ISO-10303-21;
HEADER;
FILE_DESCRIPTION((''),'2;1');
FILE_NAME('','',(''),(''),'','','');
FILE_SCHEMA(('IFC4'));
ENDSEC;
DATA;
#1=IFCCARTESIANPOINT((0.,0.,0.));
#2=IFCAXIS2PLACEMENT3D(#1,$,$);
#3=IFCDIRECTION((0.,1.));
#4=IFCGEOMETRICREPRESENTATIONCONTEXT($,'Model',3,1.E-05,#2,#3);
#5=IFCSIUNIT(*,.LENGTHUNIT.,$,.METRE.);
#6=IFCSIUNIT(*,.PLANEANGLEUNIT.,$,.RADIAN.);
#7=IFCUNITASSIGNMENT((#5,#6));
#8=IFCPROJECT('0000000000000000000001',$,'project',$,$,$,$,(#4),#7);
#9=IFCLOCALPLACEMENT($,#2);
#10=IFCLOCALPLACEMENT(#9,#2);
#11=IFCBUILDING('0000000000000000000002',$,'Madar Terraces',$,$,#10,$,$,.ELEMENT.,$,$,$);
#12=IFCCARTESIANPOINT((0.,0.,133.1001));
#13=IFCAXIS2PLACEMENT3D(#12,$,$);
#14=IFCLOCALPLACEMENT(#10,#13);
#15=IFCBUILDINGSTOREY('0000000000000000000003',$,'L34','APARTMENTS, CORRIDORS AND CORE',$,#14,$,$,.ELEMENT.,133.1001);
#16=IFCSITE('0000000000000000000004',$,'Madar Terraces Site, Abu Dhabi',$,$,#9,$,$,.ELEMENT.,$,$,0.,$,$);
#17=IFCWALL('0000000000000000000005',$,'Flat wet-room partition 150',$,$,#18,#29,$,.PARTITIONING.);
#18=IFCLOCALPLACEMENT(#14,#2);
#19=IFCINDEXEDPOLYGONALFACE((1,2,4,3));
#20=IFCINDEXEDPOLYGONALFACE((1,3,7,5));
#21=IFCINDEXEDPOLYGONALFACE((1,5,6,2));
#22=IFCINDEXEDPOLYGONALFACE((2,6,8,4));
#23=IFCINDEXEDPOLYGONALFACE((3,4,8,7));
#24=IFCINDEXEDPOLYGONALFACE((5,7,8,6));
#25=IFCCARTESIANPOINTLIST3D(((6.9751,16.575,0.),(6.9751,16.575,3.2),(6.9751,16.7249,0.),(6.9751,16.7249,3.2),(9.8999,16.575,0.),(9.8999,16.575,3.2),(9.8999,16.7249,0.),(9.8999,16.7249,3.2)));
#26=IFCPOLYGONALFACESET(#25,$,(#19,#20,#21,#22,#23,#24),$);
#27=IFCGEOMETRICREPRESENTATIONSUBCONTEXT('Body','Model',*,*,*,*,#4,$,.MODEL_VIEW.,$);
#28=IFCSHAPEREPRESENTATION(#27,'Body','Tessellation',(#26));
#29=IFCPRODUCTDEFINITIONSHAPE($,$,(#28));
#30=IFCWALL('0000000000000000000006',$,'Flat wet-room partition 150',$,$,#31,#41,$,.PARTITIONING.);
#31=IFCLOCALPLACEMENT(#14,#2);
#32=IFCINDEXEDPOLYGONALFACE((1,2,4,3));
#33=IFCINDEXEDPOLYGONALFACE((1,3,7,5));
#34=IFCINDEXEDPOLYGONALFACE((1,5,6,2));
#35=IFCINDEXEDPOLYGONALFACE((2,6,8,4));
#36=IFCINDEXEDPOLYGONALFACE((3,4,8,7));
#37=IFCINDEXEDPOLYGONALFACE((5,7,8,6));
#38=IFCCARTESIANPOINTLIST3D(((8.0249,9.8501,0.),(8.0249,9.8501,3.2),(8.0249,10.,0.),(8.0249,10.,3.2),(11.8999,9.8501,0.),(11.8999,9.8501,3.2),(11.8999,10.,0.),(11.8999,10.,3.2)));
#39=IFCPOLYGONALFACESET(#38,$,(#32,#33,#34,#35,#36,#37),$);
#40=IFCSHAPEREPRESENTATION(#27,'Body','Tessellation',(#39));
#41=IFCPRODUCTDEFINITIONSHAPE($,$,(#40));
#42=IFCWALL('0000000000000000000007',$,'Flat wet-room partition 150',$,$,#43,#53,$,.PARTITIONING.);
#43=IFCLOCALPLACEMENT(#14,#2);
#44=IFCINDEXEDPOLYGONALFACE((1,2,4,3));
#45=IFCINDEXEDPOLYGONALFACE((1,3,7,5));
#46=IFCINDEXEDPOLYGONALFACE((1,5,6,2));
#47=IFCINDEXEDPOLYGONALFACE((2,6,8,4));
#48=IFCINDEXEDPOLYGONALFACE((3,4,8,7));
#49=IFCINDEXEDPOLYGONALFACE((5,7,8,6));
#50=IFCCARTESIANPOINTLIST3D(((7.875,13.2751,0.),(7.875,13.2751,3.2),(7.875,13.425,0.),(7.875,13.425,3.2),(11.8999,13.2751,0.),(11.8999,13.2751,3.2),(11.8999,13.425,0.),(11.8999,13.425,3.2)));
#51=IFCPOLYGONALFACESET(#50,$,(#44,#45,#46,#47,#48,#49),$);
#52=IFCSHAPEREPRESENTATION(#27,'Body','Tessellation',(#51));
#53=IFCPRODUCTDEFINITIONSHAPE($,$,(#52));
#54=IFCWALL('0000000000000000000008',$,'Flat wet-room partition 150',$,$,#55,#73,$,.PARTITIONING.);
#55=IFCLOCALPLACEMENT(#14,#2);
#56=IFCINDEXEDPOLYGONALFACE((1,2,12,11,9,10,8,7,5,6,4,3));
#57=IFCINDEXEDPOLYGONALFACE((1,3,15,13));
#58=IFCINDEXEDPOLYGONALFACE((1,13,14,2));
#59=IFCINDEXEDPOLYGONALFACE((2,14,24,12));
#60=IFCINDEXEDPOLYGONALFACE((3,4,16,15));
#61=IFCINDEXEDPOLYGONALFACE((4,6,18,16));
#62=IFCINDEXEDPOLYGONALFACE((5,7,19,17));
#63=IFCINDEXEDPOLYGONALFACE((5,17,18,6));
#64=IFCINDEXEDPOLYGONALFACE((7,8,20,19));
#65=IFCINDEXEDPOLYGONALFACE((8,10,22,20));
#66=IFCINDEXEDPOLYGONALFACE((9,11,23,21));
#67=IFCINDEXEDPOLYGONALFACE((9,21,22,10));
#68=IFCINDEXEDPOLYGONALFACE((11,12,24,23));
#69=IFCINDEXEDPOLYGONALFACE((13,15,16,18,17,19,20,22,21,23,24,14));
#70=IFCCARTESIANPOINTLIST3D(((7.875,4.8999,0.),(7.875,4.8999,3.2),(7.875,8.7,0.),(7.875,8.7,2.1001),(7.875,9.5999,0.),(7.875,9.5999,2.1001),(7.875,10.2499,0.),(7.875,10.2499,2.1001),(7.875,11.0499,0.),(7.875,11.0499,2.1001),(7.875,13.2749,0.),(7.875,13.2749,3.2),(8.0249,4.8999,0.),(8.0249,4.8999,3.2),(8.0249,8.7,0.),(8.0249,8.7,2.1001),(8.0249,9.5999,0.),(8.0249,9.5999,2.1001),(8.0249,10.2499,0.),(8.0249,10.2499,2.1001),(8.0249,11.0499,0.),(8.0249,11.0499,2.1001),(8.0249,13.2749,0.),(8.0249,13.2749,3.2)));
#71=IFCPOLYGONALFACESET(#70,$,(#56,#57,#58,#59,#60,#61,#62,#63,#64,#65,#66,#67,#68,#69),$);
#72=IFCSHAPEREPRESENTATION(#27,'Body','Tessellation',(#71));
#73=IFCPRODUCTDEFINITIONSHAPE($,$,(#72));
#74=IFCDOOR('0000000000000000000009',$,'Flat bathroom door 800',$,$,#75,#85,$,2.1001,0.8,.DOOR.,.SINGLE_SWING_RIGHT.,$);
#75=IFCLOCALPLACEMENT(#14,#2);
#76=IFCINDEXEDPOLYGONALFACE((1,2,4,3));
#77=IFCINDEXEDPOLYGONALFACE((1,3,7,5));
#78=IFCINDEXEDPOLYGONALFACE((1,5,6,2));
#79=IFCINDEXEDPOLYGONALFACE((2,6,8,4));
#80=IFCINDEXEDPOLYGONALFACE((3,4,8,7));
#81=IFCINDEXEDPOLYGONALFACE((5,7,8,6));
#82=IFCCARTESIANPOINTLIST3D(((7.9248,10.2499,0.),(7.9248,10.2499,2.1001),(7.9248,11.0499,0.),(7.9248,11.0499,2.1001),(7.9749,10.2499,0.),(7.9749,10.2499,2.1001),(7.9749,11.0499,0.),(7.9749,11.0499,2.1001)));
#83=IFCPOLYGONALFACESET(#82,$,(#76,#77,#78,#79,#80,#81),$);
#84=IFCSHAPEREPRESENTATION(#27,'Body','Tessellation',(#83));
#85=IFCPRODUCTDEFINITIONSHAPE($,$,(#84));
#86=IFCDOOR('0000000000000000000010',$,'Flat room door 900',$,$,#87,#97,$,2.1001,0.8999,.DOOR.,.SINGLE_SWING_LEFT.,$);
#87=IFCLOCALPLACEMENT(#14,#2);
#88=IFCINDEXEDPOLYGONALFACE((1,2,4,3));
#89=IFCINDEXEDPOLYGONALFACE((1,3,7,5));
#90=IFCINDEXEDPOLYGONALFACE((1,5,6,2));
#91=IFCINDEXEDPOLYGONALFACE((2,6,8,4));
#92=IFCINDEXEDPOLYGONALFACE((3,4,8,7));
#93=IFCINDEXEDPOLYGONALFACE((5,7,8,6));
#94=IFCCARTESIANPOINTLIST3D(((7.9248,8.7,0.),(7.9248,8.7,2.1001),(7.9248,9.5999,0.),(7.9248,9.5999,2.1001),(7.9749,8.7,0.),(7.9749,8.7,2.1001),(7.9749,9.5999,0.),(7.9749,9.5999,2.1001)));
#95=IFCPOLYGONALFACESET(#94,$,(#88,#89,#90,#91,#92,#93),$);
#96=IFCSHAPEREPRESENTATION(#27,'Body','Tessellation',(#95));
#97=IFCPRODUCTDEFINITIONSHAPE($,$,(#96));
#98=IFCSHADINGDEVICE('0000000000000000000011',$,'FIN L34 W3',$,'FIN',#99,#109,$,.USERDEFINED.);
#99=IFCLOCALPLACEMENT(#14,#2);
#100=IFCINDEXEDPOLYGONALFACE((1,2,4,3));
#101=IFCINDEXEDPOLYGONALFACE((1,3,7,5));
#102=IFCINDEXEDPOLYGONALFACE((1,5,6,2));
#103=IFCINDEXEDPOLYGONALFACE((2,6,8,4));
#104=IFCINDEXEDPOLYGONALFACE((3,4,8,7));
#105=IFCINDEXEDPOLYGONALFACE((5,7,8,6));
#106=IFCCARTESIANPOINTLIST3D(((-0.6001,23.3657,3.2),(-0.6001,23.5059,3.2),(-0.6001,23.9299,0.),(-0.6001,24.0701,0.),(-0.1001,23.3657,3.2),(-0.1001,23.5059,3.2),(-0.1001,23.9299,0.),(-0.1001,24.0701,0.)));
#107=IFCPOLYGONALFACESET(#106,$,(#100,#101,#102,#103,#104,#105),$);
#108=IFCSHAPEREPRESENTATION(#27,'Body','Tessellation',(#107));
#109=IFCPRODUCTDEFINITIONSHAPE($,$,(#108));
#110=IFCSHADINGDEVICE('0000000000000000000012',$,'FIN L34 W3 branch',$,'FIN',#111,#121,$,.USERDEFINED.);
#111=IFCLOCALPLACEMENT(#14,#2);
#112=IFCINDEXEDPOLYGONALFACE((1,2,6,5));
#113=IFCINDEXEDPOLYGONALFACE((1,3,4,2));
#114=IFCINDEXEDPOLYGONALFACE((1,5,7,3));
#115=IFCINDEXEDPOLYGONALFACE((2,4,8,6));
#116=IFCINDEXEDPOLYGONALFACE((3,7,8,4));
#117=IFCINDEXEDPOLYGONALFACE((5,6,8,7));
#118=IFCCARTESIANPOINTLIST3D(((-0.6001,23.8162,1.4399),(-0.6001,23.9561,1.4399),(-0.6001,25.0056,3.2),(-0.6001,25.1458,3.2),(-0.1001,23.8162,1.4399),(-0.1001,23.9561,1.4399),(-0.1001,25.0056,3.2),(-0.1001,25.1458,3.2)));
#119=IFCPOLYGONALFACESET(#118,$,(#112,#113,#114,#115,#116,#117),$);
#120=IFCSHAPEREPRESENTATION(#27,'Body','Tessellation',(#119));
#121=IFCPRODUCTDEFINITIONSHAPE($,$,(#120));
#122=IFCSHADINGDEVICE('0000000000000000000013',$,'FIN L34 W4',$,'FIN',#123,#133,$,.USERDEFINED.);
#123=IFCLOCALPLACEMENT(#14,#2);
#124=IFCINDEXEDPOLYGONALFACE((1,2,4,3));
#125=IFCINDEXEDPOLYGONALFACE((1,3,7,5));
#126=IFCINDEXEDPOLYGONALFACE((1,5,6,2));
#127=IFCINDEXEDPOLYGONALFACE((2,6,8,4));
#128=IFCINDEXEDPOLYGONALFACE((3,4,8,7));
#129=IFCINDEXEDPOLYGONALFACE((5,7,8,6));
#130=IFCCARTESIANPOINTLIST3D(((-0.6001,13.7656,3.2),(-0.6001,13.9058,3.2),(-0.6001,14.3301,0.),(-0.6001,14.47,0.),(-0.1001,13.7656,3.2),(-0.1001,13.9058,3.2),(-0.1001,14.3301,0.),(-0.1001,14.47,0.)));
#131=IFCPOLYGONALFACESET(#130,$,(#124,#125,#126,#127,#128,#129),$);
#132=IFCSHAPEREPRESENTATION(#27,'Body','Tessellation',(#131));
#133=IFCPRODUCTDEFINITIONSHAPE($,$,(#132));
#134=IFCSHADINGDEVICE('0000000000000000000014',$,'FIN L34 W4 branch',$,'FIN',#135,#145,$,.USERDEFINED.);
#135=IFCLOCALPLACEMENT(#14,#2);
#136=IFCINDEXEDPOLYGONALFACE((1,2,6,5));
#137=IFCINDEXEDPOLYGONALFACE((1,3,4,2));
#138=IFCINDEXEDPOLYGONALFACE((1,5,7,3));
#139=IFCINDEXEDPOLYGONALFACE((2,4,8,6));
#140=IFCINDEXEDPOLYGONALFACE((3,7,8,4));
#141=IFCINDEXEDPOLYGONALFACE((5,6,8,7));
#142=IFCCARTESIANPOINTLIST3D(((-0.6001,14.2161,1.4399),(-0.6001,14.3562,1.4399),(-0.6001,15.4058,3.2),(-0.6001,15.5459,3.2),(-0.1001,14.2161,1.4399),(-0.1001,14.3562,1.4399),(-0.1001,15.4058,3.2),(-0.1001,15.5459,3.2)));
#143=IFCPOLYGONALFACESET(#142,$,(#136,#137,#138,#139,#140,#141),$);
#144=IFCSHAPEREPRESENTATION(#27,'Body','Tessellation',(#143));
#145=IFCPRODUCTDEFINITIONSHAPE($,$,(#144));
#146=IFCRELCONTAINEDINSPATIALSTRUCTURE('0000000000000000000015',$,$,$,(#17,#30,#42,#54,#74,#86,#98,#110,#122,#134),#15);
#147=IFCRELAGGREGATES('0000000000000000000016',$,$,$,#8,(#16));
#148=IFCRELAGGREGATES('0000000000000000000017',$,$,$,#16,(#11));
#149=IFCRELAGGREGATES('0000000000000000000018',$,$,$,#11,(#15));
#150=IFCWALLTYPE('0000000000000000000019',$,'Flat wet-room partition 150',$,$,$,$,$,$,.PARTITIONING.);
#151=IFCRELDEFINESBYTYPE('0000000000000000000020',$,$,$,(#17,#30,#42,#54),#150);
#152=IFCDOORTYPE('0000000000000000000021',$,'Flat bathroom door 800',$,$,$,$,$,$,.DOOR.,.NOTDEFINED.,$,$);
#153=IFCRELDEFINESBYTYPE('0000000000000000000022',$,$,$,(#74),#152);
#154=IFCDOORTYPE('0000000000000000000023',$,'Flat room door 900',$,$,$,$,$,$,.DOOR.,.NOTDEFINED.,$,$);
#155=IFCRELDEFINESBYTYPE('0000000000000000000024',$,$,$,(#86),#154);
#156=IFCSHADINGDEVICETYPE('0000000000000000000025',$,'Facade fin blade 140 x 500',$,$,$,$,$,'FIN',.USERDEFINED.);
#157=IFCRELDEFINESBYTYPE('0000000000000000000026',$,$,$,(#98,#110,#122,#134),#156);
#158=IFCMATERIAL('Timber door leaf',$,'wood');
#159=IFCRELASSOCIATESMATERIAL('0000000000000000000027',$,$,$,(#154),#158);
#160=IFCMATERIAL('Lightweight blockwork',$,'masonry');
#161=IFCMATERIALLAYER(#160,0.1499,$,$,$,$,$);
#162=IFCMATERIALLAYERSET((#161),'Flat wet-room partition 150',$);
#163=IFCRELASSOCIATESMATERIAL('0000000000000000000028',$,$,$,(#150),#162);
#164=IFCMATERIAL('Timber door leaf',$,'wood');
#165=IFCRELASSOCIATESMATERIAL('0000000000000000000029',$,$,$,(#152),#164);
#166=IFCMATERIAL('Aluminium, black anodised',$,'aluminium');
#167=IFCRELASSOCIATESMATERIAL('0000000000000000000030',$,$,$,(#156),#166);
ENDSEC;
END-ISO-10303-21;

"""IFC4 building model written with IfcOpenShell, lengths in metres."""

from ifc_helpers import new_model, si_unit, direction, frame, frame_2d, origin, place, context, subcontext, project, spatial, polyline, rectangle, outline, extrude, material, layer, layer_set, type_object, element, fill, save


model = new_model("IFC4")

# Units and contexts
model_context = context("Model", 3, precision=1e-05, world=origin(), true_north=direction((0.0, 1.0)))
body_context = subcontext(model_context, "Body", "Model", "MODEL_VIEW")
ifc_project = project(units=[si_unit("LENGTHUNIT", "METRE"), si_unit("PLANEANGLEUNIT", "RADIAN")], contexts=[model_context])

# Site, building, storey
site_placement = place(None, origin())
site = spatial("IfcSite", under=ifc_project, at=site_placement, Name="Madar Terraces Site, Abu Dhabi", CompositionType="ELEMENT", RefElevation=0.0)
building_placement = place(site_placement, origin())
building = spatial("IfcBuilding", under=site, at=building_placement, Name="Madar Terraces", CompositionType="ELEMENT")
storey_placement = place(building_placement, frame((0.0, 0.0, 133.1001)))
storey = spatial("IfcBuildingStorey", under=building, at=storey_placement, Name="L34", Description="APARTMENTS, CORRIDORS AND CORE", CompositionType="ELEMENT", Elevation=133.1001)

# Shared definitions
ifc_material_1 = material(Name="Timber door leaf", Category="wood")
door_type_1 = type_object("IfcDoorType", Name="Flat room door 900", OperationType="NOTDEFINED", PredefinedType="DOOR", material=ifc_material_1)

# Walls
ifc_material_2 = material(Name="Lightweight blockwork", Category="masonry")
ifc_layer_1 = layer(ifc_material_2, 0.1499)
ifc_layer_set_1 = layer_set([ifc_layer_1], Name="Flat wet-room partition 150")
wall_type_1 = type_object("IfcWallType", Name="Flat wet-room partition 150", PredefinedType="PARTITIONING", material=ifc_layer_set_1)
wall_1_placement = place(storey_placement, frame((9.8999, 16.6499, 0.0), z_axis=(0.0, 0.0, 1.0), x_axis=(-1.0, 0.0, 0.0)))
element("IfcWall", 1, at=wall_1_placement, inside=storey, type_object=wall_type_1, Name="Flat wet-room partition 150", PredefinedType="PARTITIONING", context=body_context, shape_type="SweptSolid", body=[
    extrude(rectangle(XDim=2.9248, YDim=0.1499, at=frame_2d((1.4624, 0.0))), origin(), (0.0, 0.0, 1.0), 3.2),
])
wall_2_placement = place(storey_placement, frame((11.8999, 9.925, 0.0), z_axis=(0.0, 0.0, 1.0), x_axis=(-1.0, 0.0, 0.0)))
element("IfcWall", 2, at=wall_2_placement, inside=storey, type_object=wall_type_1, Name="Flat wet-room partition 150", PredefinedType="PARTITIONING", context=body_context, shape_type="SweptSolid", body=[
    extrude(rectangle(XDim=3.875, YDim=0.1499, at=frame_2d((1.9375, 0.0))), origin(), (0.0, 0.0, 1.0), 3.2),
])
wall_3_placement = place(storey_placement, frame((11.8999, 13.3501, 0.0), z_axis=(0.0, 0.0, 1.0), x_axis=(-1.0, 0.0, 0.0)))
element("IfcWall", 3, at=wall_3_placement, inside=storey, type_object=wall_type_1, Name="Flat wet-room partition 150", PredefinedType="PARTITIONING", context=body_context, shape_type="SweptSolid", body=[
    extrude(rectangle(XDim=4.0249, YDim=0.1499, at=frame_2d((2.0125, 0.0))), origin(), (0.0, 0.0, 1.0), 3.2),
])

# Wall, openings, doors
wall_4_placement = place(storey_placement, frame((7.95, 13.2749, 0.0), z_axis=(0.0, 0.0, 1.0), x_axis=(0.0, -1.0, 0.0)))
wall_4 = element("IfcWall", 4, at=wall_4_placement, inside=storey, type_object=wall_type_1, Name="Flat wet-room partition 150", PredefinedType="PARTITIONING", context=body_context, shape_type="SweptSolid", body=[
    extrude(rectangle(XDim=8.375, YDim=0.1499, at=frame_2d((4.1875, 0.0))), origin(), (0.0, 0.0, 1.0), 3.2),
])
opening_1_placement = place(wall_4_placement, frame((2.2251, 0.0, 0.0)))
opening_1 = element("IfcOpeningElement", 5, at=opening_1_placement, cuts=wall_4, PredefinedType="OPENING", context=body_context, shape_type="SweptSolid", body=[
    extrude(rectangle(XDim=0.8, YDim=2.1001, at=frame_2d((0.3999, 1.05))), frame((0.0, 0.085, 0.0), z_axis=(0.0, -1.0, 0.0), x_axis=(1.0, 0.0, 0.0)), (0.0, 0.0, 1.0), 0.1699),
])
opening_2_placement = place(wall_4_placement, frame((3.675, 0.0, 0.0)))
opening_2 = element("IfcOpeningElement", 6, at=opening_2_placement, cuts=wall_4, PredefinedType="OPENING", context=body_context, shape_type="SweptSolid", body=[
    extrude(rectangle(XDim=0.8999, YDim=2.1001, at=frame_2d((0.45, 1.05))), frame((0.0, 0.085, 0.0), z_axis=(0.0, -1.0, 0.0), x_axis=(1.0, 0.0, 0.0)), (0.0, 0.0, 1.0), 0.1699),
])
ifc_material_3 = material(Name="Timber door leaf", Category="wood")
door_type_2 = type_object("IfcDoorType", Name="Flat bathroom door 800", OperationType="NOTDEFINED", PredefinedType="DOOR", material=ifc_material_3)
door_1_placement = place(opening_1_placement, origin())
door_1 = element("IfcDoor", 7, at=door_1_placement, inside=storey, type_object=door_type_2, Name="Flat bathroom door 800", OperationType="SINGLE_SWING_RIGHT", OverallHeight=2.1001, OverallWidth=0.8, PredefinedType="DOOR", context=body_context, shape_type="SweptSolid", body=[
    extrude(rectangle(XDim=0.8, YDim=2.1001, at=frame_2d((0.3999, 1.05))), frame((0.0, 0.0249, 0.0), z_axis=(0.0, -1.0, 0.0), x_axis=(1.0, 0.0, 0.0)), (0.0, 0.0, 1.0), 0.05),
])
fill(opening_1, door_1)
door_2_placement = place(opening_2_placement, origin())
door_2 = element("IfcDoor", 8, at=door_2_placement, inside=storey, type_object=door_type_1, Name="Flat room door 900", OperationType="SINGLE_SWING_LEFT", OverallHeight=2.1001, OverallWidth=0.8999, PredefinedType="DOOR", context=body_context, shape_type="SweptSolid", body=[
    extrude(rectangle(XDim=0.8999, YDim=2.1001, at=frame_2d((0.45, 1.05))), frame((0.0, 0.0249, 0.0), z_axis=(0.0, -1.0, 0.0), x_axis=(1.0, 0.0, 0.0)), (0.0, 0.0, 1.0), 0.05),
])
fill(opening_2, door_2)

# Shading devices
ifc_material_4 = material(Name="Aluminium, black anodised", Category="aluminium")
shading_device_type = type_object("IfcShadingDeviceType", Name="Facade fin blade 140 x 500", ElementType="FIN", PredefinedType="USERDEFINED", material=ifc_material_4)
shading_device_1_placement = place(storey_placement, frame((-0.3501, 24.0701, 0.0), z_axis=(0.0, 0.0, 1.0), x_axis=(0.0, -1.0, 0.0)))
element("IfcShadingDevice", 9, at=shading_device_1_placement, inside=storey, type_object=shading_device_type, Name="FIN L34 W3", ObjectType="FIN", PredefinedType="USERDEFINED", context=body_context, shape_type="SweptSolid", body=[
    extrude(outline(polyline([(0.0, 0.0), (0.1401, 0.0), (0.7043, 3.2), (0.5642, 3.2), (0.0, 0.0)])), frame((0.0, 0.25, 0.0), z_axis=(0.0, -1.0, 0.0), x_axis=(1.0, 0.0, 0.0)), (0.0, 0.0, 1.0), 0.5),
])
shading_device_2_placement = place(storey_placement, frame((-0.3501, 23.9561, 1.4399), z_axis=(0.0, 0.0, 1.0), x_axis=(0.0, -1.0, 0.0)))
element("IfcShadingDevice", 10, at=shading_device_2_placement, inside=storey, type_object=shading_device_type, Name="FIN L34 W3 branch", ObjectType="FIN", PredefinedType="USERDEFINED", context=body_context, shape_type="SweptSolid", body=[
    extrude(outline(polyline([(0.0, 0.0), (0.1399, 0.0), (-1.0496, 1.76), (-1.1897, 1.76), (0.0, 0.0)])), frame((0.0, 0.25, 0.0), z_axis=(0.0, -1.0, 0.0), x_axis=(1.0, 0.0, 0.0)), (0.0, 0.0, 1.0), 0.5),
])
shading_device_3_placement = place(storey_placement, frame((-0.3501, 14.47, 0.0), z_axis=(0.0, 0.0, 1.0), x_axis=(0.0, -1.0, 0.0)))
element("IfcShadingDevice", 11, at=shading_device_3_placement, inside=storey, type_object=shading_device_type, Name="FIN L34 W4", ObjectType="FIN", PredefinedType="USERDEFINED", context=body_context, shape_type="SweptSolid", body=[
    extrude(outline(polyline([(0.0, 0.0), (0.1399, 0.0), (0.7043, 3.2), (0.5642, 3.2), (0.0, 0.0)])), frame((0.0, 0.25, 0.0), z_axis=(0.0, -1.0, 0.0), x_axis=(1.0, 0.0, 0.0)), (0.0, 0.0, 1.0), 0.5),
])
shading_device_4_placement = place(storey_placement, frame((-0.3501, 14.3562, 1.4399), z_axis=(0.0, 0.0, 1.0), x_axis=(0.0, -1.0, 0.0)))
element("IfcShadingDevice", 12, at=shading_device_4_placement, inside=storey, type_object=shading_device_type, Name="FIN L34 W4 branch", ObjectType="FIN", PredefinedType="USERDEFINED", context=body_context, shape_type="SweptSolid", body=[
    extrude(outline(polyline([(0.0, 0.0), (0.1401, 0.0), (-1.0496, 1.76), (-1.1897, 1.76), (0.0, 0.0)])), frame((0.0, 0.25, 0.0), z_axis=(0.0, -1.0, 0.0), x_axis=(1.0, 0.0, 0.0)), (0.0, 0.0, 1.0), 0.5),
])

save(model, "model.ifc")
